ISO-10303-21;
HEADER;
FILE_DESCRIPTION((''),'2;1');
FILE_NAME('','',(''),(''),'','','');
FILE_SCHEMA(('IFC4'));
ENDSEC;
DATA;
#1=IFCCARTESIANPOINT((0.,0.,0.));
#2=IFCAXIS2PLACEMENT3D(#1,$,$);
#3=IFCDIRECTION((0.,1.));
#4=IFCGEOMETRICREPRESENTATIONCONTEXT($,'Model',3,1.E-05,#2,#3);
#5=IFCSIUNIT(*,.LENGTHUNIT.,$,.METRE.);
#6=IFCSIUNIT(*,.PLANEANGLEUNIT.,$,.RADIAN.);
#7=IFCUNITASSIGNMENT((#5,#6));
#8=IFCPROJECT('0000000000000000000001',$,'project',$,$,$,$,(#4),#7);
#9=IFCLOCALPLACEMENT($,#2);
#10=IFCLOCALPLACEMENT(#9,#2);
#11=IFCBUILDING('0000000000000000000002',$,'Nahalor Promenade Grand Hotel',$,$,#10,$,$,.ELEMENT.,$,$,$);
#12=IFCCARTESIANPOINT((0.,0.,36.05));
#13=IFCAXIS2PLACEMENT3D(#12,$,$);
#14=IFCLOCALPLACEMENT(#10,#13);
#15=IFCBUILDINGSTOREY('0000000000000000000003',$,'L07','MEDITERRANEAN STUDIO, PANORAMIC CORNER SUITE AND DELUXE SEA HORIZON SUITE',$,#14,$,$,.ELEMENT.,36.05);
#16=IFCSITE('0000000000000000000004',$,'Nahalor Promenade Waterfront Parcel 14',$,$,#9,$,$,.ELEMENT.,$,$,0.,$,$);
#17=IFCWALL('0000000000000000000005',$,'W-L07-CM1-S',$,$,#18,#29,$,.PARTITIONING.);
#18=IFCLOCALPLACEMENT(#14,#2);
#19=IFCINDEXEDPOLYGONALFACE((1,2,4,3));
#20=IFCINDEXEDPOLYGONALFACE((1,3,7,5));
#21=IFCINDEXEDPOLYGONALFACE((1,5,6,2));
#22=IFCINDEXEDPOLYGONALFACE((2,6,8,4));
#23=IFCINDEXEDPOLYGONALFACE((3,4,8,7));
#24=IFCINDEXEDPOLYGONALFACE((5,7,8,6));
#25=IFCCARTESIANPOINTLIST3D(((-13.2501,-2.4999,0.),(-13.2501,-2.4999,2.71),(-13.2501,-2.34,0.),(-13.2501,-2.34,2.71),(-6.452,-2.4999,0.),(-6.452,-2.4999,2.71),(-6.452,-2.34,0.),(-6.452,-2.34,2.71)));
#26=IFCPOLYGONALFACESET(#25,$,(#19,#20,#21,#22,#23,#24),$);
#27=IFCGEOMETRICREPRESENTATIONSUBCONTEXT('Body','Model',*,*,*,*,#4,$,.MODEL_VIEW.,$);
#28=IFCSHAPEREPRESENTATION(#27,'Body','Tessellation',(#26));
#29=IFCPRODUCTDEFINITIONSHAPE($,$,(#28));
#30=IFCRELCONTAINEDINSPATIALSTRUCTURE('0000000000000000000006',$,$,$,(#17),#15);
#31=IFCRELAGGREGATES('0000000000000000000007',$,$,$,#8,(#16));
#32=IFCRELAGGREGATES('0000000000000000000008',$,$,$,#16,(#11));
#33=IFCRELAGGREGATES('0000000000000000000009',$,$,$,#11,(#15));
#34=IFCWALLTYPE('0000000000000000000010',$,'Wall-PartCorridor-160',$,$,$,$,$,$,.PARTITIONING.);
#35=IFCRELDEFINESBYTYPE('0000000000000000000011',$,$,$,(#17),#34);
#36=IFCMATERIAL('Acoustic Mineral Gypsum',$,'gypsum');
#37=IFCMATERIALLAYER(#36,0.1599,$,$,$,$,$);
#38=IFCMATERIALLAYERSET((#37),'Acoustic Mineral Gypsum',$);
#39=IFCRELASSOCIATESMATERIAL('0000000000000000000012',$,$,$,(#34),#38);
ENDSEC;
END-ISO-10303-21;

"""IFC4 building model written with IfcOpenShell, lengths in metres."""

from ifc_helpers import new_model, si_unit, direction, frame, frame_2d, origin, place, context, subcontext, project, spatial, rectangle, extrude, source, transform, mapped, material, layer, layer_set, type_object, element, save


model = new_model("IFC4")

# Units and contexts
model_context = context("Model", 3, precision=1e-05, world=origin(), true_north=direction((0.0, 1.0)))
body_context = subcontext(model_context, "Body", "Model", "MODEL_VIEW")
ifc_project = project(units=[si_unit("LENGTHUNIT", "METRE"), si_unit("PLANEANGLEUNIT", "RADIAN")], contexts=[model_context])

# Site, building, storey
site_placement = place(None, origin())
site = spatial("IfcSite", under=ifc_project, at=site_placement, Name="Nahalor Promenade Waterfront Parcel 14", CompositionType="ELEMENT", RefElevation=0.0)
building_placement = place(site_placement, origin())
building = spatial("IfcBuilding", under=site, at=building_placement, Name="Nahalor Promenade Grand Hotel", CompositionType="ELEMENT")
storey_placement = place(building_placement, frame((0.0, 0.0, 36.05)))
storey = spatial("IfcBuildingStorey", under=building, at=storey_placement, Name="L07", Description="MEDITERRANEAN STUDIO, PANORAMIC CORNER SUITE AND DELUXE SEA HORIZON SUITE", CompositionType="ELEMENT", Elevation=36.05)

# Shared definitions
ifc_material_1 = material(Name="Acoustic Mineral Gypsum", Category="gypsum")
ifc_layer_1 = layer(ifc_material_1, 0.1599)
ifc_layer_set_1 = layer_set([ifc_layer_1], Name="Acoustic Mineral Gypsum")
wall_type_1 = type_object("IfcWallType", Name="Wall-PartCorridor-160", PredefinedType="PARTITIONING", material=ifc_layer_set_1)

# Wall
shared_shape_1 = source(origin(), body_context, "Body", "SweptSolid", [
    extrude(rectangle(XDim=6.7981, YDim=0.1599, at=frame_2d((3.3989, 0.0))), origin(), (0.0, 0.0, 1.0), 2.71),
])
wall_1_placement = place(storey_placement, frame((-13.25, -2.4199, 0.0), z_axis=(0.0, 0.0, 1.0), x_axis=(1.0, 0.0, 0.0)))
element("IfcWall", 1, at=wall_1_placement, inside=storey, type_object=wall_type_1, Name="W-L07-CM1-S", PredefinedType="PARTITIONING", context=body_context, shape_type="MappedRepresentation", body=[
    mapped(shared_shape_1, transform((0.0, 0.0, 0.0), scale=1.0)),
])

save(model, "model.ifc")
